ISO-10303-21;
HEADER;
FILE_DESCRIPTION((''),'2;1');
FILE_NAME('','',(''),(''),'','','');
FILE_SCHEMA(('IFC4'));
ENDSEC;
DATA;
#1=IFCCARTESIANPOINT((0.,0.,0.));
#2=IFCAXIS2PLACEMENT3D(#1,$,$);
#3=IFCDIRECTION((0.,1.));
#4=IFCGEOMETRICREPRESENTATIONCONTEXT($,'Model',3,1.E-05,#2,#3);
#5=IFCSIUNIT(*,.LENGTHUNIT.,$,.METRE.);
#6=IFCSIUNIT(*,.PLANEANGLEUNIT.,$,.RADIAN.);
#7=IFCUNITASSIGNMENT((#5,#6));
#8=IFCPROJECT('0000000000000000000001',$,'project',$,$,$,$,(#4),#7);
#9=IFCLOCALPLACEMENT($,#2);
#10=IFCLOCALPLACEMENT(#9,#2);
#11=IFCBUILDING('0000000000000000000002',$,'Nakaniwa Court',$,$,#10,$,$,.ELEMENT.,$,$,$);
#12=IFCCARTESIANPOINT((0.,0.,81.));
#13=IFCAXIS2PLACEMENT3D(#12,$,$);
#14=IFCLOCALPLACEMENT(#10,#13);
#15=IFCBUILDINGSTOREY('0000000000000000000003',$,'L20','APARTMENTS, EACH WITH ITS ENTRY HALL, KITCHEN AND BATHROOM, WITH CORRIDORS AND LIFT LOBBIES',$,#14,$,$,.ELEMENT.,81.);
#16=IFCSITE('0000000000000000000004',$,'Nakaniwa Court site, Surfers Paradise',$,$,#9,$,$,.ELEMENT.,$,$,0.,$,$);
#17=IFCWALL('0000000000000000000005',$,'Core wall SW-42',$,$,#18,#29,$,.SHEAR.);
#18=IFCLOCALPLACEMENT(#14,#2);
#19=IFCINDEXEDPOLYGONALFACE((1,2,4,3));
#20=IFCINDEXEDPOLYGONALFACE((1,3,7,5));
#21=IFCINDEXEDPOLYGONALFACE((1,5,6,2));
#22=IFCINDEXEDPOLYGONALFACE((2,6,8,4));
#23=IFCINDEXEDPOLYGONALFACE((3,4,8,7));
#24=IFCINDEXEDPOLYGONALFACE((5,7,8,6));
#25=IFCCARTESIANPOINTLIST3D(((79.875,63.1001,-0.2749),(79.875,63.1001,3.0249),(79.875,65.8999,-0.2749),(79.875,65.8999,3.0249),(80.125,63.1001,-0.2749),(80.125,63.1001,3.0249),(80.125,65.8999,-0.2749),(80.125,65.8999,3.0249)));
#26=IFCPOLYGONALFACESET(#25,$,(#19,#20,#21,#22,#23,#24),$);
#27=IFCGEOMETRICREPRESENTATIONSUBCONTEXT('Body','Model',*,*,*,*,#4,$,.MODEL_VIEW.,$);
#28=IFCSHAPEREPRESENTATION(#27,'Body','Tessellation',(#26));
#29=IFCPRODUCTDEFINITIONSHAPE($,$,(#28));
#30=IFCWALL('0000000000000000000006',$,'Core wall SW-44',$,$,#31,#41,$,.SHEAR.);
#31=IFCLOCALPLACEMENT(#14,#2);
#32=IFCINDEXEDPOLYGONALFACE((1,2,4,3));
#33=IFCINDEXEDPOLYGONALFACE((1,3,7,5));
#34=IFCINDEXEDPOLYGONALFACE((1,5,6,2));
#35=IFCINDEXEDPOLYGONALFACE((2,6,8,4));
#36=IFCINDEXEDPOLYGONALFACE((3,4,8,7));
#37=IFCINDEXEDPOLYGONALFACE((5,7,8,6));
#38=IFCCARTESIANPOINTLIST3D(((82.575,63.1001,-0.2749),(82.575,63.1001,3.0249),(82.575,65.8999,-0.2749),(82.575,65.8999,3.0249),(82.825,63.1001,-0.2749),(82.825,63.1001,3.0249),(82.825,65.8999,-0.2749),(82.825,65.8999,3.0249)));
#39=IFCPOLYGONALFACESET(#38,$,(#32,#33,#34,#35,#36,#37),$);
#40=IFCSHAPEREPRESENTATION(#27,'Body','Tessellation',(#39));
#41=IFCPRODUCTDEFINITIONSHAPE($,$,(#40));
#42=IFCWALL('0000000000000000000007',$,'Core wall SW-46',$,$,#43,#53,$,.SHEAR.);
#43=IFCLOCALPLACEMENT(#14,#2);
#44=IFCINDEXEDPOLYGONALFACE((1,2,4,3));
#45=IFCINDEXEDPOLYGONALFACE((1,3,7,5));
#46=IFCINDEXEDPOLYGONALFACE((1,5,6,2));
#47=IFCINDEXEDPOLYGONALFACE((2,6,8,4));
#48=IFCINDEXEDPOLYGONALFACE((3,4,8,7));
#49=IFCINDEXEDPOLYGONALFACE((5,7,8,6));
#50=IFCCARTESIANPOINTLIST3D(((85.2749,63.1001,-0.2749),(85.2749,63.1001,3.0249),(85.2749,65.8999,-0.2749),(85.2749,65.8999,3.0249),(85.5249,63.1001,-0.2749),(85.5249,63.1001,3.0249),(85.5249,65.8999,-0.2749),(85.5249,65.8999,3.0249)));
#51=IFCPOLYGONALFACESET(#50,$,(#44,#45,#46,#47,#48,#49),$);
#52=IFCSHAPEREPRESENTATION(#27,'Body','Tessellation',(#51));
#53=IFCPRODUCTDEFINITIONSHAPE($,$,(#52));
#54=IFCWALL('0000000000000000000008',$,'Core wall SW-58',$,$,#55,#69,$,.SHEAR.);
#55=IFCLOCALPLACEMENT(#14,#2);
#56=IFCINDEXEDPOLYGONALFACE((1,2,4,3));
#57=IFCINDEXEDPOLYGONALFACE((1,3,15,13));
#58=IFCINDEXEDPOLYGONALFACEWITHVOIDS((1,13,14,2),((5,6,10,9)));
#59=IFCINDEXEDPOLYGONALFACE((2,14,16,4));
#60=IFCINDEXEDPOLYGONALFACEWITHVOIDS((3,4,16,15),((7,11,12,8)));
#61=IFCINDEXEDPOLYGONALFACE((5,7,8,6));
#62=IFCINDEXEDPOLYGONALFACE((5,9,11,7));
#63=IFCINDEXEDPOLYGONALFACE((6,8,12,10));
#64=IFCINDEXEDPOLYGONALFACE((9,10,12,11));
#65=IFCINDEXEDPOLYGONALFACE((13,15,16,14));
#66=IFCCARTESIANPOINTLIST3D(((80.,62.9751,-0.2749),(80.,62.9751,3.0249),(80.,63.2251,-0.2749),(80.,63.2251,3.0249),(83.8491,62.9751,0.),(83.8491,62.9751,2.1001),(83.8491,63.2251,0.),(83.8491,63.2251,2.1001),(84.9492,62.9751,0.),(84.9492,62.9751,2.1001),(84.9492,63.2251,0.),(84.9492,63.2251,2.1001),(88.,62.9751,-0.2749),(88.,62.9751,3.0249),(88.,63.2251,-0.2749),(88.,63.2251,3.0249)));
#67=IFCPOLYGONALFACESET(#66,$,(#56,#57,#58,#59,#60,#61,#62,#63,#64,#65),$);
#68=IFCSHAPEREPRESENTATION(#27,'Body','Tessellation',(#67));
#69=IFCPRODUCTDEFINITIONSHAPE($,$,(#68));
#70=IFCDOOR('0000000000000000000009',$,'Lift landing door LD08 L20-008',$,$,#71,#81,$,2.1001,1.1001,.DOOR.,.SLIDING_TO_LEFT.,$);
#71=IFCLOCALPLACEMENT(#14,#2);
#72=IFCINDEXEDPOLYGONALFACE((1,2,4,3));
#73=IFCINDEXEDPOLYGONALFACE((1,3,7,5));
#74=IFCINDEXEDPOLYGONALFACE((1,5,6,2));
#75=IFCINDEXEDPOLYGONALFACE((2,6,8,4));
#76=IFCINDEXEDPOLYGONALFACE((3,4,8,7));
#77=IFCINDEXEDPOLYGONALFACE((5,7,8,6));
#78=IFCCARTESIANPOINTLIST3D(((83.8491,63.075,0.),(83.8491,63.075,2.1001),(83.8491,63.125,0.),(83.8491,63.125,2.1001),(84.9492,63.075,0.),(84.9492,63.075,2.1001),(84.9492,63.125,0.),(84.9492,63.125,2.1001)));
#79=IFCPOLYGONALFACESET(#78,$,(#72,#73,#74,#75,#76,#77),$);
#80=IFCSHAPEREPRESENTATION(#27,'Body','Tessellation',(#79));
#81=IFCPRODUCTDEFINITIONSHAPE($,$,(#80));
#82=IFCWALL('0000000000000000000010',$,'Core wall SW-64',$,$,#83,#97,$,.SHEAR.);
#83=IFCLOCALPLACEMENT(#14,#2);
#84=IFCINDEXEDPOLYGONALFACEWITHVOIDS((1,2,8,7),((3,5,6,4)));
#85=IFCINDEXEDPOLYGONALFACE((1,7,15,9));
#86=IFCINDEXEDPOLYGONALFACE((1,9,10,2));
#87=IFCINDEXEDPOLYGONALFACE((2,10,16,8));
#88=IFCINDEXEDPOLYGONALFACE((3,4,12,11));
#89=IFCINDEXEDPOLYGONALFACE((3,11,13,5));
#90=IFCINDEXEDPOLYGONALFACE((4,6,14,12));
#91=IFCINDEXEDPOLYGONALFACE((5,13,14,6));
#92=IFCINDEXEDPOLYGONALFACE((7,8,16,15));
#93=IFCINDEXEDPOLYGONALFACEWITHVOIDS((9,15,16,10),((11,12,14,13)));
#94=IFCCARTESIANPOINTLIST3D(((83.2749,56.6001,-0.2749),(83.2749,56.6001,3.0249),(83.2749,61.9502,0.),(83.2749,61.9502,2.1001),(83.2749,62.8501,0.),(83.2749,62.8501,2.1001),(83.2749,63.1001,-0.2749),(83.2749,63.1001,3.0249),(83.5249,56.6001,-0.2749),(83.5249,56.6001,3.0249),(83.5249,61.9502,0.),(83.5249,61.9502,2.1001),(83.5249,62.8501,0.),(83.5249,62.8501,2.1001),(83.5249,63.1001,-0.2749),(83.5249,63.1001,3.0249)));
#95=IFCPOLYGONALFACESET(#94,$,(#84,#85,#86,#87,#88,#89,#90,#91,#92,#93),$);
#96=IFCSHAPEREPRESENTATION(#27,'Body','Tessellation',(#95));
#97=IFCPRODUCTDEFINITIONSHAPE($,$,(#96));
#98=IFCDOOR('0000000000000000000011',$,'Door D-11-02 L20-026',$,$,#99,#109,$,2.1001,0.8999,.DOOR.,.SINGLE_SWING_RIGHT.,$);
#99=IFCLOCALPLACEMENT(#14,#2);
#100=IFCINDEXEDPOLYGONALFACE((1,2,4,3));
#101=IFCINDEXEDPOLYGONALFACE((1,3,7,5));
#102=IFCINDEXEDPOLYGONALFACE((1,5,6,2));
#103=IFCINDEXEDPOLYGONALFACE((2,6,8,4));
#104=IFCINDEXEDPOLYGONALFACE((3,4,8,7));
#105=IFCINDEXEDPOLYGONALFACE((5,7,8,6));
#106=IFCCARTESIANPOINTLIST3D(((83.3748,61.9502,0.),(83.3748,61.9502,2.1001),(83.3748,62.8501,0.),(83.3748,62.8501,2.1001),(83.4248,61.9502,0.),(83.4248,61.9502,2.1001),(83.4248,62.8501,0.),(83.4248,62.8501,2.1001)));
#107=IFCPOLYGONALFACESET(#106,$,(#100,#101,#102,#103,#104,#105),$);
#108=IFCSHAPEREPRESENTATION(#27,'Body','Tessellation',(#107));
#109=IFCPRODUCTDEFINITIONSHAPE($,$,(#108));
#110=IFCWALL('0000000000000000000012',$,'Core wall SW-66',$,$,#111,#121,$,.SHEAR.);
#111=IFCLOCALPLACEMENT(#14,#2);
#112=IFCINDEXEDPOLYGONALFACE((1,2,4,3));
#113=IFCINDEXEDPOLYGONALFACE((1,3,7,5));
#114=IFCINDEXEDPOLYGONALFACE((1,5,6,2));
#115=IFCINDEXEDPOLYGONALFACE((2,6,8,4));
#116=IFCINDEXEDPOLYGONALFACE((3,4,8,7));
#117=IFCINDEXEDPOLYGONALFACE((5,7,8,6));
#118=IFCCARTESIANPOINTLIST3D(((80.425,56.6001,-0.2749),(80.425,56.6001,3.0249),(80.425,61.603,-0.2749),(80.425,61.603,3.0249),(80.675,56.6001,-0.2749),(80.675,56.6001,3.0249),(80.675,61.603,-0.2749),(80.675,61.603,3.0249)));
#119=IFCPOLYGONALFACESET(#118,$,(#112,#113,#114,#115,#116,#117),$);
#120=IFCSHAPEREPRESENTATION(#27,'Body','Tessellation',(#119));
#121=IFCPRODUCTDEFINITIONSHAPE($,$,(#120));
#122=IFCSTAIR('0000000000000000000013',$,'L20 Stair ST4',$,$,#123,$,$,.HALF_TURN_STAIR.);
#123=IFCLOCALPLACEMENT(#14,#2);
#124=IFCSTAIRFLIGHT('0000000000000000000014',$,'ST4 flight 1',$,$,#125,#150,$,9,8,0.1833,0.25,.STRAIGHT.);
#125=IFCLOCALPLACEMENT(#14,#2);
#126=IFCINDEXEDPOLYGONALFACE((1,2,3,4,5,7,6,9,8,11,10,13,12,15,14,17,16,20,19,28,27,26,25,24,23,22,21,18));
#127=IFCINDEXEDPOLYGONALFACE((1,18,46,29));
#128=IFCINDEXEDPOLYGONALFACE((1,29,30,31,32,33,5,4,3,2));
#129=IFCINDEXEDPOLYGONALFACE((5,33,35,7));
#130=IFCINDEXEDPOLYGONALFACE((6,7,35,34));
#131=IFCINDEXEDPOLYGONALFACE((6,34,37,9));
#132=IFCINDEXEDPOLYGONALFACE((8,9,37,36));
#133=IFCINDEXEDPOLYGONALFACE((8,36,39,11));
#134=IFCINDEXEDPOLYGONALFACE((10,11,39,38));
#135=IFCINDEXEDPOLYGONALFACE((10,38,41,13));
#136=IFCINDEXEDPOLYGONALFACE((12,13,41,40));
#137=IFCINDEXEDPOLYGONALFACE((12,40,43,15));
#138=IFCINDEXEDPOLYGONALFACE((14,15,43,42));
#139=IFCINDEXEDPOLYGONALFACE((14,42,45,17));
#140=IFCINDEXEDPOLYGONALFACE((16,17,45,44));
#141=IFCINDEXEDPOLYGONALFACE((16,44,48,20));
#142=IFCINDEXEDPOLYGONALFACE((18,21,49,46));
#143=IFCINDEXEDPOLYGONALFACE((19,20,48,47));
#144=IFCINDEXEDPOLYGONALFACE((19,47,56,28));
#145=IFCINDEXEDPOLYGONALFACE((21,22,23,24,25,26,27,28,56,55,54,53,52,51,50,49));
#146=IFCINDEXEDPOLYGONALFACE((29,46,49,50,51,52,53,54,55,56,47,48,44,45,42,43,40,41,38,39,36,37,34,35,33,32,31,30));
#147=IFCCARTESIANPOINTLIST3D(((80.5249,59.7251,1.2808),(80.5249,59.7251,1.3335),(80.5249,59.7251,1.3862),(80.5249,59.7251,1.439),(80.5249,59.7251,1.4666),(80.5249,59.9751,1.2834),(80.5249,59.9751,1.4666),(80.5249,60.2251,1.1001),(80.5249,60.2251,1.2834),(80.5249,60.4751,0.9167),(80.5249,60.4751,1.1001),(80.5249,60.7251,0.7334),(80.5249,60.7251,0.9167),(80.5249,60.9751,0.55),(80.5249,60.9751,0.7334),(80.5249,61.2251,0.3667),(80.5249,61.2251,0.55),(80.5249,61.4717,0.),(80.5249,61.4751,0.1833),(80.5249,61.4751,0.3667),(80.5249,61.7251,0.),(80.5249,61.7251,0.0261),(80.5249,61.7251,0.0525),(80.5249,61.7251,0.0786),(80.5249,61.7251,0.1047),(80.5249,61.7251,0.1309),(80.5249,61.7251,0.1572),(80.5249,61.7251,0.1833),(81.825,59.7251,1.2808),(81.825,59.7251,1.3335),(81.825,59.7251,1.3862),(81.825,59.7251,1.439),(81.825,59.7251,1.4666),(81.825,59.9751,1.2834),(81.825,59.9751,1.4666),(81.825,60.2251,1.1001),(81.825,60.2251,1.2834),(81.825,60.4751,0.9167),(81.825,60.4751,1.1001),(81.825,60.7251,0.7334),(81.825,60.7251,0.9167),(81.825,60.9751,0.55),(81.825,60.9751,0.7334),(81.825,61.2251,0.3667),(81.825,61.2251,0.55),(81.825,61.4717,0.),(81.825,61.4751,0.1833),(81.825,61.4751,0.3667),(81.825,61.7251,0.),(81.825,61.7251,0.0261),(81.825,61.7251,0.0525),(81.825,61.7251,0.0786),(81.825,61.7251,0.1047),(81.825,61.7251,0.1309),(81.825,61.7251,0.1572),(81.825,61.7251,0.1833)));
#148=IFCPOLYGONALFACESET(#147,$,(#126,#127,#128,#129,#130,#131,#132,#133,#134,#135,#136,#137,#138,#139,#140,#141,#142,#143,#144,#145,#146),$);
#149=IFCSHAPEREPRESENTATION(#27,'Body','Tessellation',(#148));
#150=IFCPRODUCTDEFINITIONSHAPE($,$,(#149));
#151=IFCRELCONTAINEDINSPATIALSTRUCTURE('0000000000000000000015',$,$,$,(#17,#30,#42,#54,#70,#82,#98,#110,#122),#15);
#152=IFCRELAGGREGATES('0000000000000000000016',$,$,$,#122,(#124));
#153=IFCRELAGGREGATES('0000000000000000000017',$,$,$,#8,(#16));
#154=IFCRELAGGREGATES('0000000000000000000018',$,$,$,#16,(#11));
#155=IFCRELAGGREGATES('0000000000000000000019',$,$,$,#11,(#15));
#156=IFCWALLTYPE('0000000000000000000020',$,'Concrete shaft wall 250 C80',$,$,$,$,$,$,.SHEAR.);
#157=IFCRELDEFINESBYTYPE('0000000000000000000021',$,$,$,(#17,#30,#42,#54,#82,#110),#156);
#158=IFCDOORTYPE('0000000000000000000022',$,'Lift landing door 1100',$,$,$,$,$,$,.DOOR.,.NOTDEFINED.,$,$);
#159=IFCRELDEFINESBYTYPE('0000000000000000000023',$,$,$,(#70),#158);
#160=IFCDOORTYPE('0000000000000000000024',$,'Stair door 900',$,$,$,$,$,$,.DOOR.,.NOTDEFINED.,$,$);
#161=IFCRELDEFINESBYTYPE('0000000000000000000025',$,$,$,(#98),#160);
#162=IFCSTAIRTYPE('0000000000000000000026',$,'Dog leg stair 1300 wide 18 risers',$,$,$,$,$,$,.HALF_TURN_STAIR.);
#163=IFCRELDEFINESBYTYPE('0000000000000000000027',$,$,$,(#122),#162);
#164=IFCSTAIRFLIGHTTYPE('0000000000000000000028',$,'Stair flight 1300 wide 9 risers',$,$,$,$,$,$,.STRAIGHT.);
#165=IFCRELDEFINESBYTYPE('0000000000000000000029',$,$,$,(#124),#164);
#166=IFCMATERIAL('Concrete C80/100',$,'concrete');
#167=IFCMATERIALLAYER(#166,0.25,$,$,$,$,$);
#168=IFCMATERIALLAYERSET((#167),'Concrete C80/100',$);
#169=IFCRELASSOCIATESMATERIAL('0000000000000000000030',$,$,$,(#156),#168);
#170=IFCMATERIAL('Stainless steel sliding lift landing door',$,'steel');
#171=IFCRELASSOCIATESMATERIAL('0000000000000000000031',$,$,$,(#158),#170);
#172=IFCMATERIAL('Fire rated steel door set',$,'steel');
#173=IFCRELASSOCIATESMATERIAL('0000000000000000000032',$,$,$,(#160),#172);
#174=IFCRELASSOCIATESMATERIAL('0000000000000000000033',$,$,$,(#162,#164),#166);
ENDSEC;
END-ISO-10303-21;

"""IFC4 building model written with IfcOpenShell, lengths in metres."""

from ifc_helpers import new_model, si_unit, direction, frame, frame_2d, origin, place, context, subcontext, project, spatial, polyline, rectangle, outline, extrude, material, layer, layer_set, type_object, element, fill, aggregate, save


model = new_model("IFC4")

# Units and contexts
model_context = context("Model", 3, precision=1e-05, world=origin(), true_north=direction((0.0, 1.0)))
body_context = subcontext(model_context, "Body", "Model", "MODEL_VIEW")
ifc_project = project(units=[si_unit("LENGTHUNIT", "METRE"), si_unit("PLANEANGLEUNIT", "RADIAN")], contexts=[model_context])

# Site, building, storey
site_placement = place(None, origin())
site = spatial("IfcSite", under=ifc_project, at=site_placement, Name="Nakaniwa Court site, Surfers Paradise", CompositionType="ELEMENT", RefElevation=0.0)
building_placement = place(site_placement, origin())
building = spatial("IfcBuilding", under=site, at=building_placement, Name="Nakaniwa Court", CompositionType="ELEMENT")
storey_placement = place(building_placement, frame((0.0, 0.0, 81.0)))
storey = spatial("IfcBuildingStorey", under=building, at=storey_placement, Name="L20", Description="APARTMENTS, EACH WITH ITS ENTRY HALL, KITCHEN AND BATHROOM, WITH CORRIDORS AND LIFT LOBBIES", CompositionType="ELEMENT", Elevation=81.0)

# Shared definitions
ifc_material_1 = material(Name="Concrete C80/100", Category="concrete")

# Shared definitions
ifc_material_2 = material(Name="Fire rated steel door set", Category="steel")

# Walls
ifc_layer_1 = layer(ifc_material_1, 0.25)
ifc_layer_set_1 = layer_set([ifc_layer_1], Name="Concrete C80/100")
wall_type_1 = type_object("IfcWallType", Name="Concrete shaft wall 250 C80", PredefinedType="SHEAR", material=ifc_layer_set_1)
for number, where, z_axis, x_axis, name in (
    (1, (80.0, 63.1001, -0.2749), (0.0, 0.0, 1.0), (0.0, 1.0, 0.0), "Core wall SW-42"),
    (2, (82.7, 63.1001, -0.2749), (0.0, 0.0, 1.0), (0.0, 1.0, 0.0), "Core wall SW-44"),
    (3, (85.3999, 63.1001, -0.2749), (0.0, 0.0, 1.0), (0.0, 1.0, 0.0), "Core wall SW-46"),
):
    element("IfcWall", number, at=place(storey_placement, frame(where, z_axis=z_axis, x_axis=x_axis)), inside=storey, type_object=wall_type_1, Name=name, PredefinedType="SHEAR", context=body_context, shape_type="SweptSolid", body=[
        extrude(rectangle(XDim=2.7998, YDim=0.25, at=frame_2d((1.3999, 0.0))), origin(), (0.0, 0.0, 1.0), 3.2998),
    ])

# Walls, openings, doors
wall_1_placement = place(storey_placement, frame((80.0, 63.1001, -0.2749), z_axis=(0.0, 0.0, 1.0), x_axis=(1.0, 0.0, 0.0)))
wall_1 = element("IfcWall", 4, at=wall_1_placement, inside=storey, type_object=wall_type_1, Name="Core wall SW-58", PredefinedType="SHEAR", context=body_context, shape_type="SweptSolid", body=[
    extrude(rectangle(XDim=8.0, YDim=0.25, at=frame_2d((4.0, 0.0))), origin(), (0.0, 0.0, 1.0), 3.2998),
])
opening_1_placement = place(wall_1_placement, frame((3.8491, 0.0, 0.2749)))
opening_1 = element("IfcOpeningElement", 5, at=opening_1_placement, cuts=wall_1, PredefinedType="OPENING", context=body_context, shape_type="SweptSolid", body=[
    extrude(rectangle(XDim=1.1001, YDim=2.1001, at=frame_2d((0.55, 1.05))), frame((0.0, 0.135, 0.0), z_axis=(0.0, -1.0, 0.0), x_axis=(1.0, 0.0, 0.0)), (0.0, 0.0, 1.0), 0.27),
])
ifc_material_3 = material(Name="Stainless steel sliding lift landing door", Category="steel")
door_type_1 = type_object("IfcDoorType", Name="Lift landing door 1100", OperationType="NOTDEFINED", PredefinedType="DOOR", material=ifc_material_3)
door_1_placement = place(opening_1_placement, origin())
door_1 = element("IfcDoor", 6, at=door_1_placement, inside=storey, type_object=door_type_1, Name="Lift landing door LD08 L20-008", OperationType="SLIDING_TO_LEFT", OverallHeight=2.1001, OverallWidth=1.1001, PredefinedType="DOOR", context=body_context, shape_type="SweptSolid", body=[
    extrude(rectangle(XDim=1.1001, YDim=2.1001, at=frame_2d((0.55, 1.05))), frame((0.0, 0.0249, 0.0), z_axis=(0.0, -1.0, 0.0), x_axis=(1.0, 0.0, 0.0)), (0.0, 0.0, 1.0), 0.05),
])
fill(opening_1, door_1)
wall_2_placement = place(storey_placement, frame((83.3999, 63.1001, -0.2749), z_axis=(0.0, 0.0, 1.0), x_axis=(0.0, -1.0, 0.0)))
wall_2 = element("IfcWall", 7, at=wall_2_placement, inside=storey, type_object=wall_type_1, Name="Core wall SW-64", PredefinedType="SHEAR", context=body_context, shape_type="SweptSolid", body=[
    extrude(rectangle(XDim=6.5, YDim=0.25, at=frame_2d((3.25, 0.0))), origin(), (0.0, 0.0, 1.0), 3.2998),
])
opening_2_placement = place(wall_2_placement, frame((0.25, 0.0, 0.2749)))
opening_2 = element("IfcOpeningElement", 8, at=opening_2_placement, cuts=wall_2, PredefinedType="OPENING", context=body_context, shape_type="SweptSolid", body=[
    extrude(rectangle(XDim=0.8999, YDim=2.1001, at=frame_2d((0.45, 1.05))), frame((0.0, 0.135, 0.0), z_axis=(0.0, -1.0, 0.0), x_axis=(1.0, 0.0, 0.0)), (0.0, 0.0, 1.0), 0.27),
])
door_type_2 = type_object("IfcDoorType", Name="Stair door 900", OperationType="NOTDEFINED", PredefinedType="DOOR", material=ifc_material_2)
door_2_placement = place(opening_2_placement, origin())
door_2 = element("IfcDoor", 9, at=door_2_placement, inside=storey, type_object=door_type_2, Name="Door D-11-02 L20-026", OperationType="SINGLE_SWING_RIGHT", OverallHeight=2.1001, OverallWidth=0.8999, PredefinedType="DOOR", context=body_context, shape_type="SweptSolid", body=[
    extrude(rectangle(XDim=0.8999, YDim=2.1001, at=frame_2d((0.45, 1.05))), frame((0.0, 0.0249, 0.0), z_axis=(0.0, -1.0, 0.0), x_axis=(1.0, 0.0, 0.0)), (0.0, 0.0, 1.0), 0.05),
])
fill(opening_2, door_2)

# Wall
wall_3_placement = place(storey_placement, frame((80.55, 56.6001, -0.2749), z_axis=(0.0, 0.0, 1.0), x_axis=(0.0, 1.0, 0.0)))
element("IfcWall", 10, at=wall_3_placement, inside=storey, type_object=wall_type_1, Name="Core wall SW-66", PredefinedType="SHEAR", context=body_context, shape_type="SweptSolid", body=[
    extrude(rectangle(XDim=5.0029, YDim=0.25, at=frame_2d((2.5015, 0.0))), origin(), (0.0, 0.0, 1.0), 3.2998),
])

# Stair, stair flight
stair_type = type_object("IfcStairType", Name="Dog leg stair 1300 wide 18 risers", PredefinedType="HALF_TURN_STAIR", material=ifc_material_1)
stair_placement = place(storey_placement, origin())
stair = element("IfcStair", 11, at=stair_placement, inside=storey, type_object=stair_type, Name="L20 Stair ST4", PredefinedType="HALF_TURN_STAIR")
stair_flight_type = type_object("IfcStairFlightType", Name="Stair flight 1300 wide 9 risers", PredefinedType="STRAIGHT", material=ifc_material_1)
stair_flight_1_placement = place(storey_placement, frame((81.175, 61.7251, 0.0), z_axis=(0.0, 0.0, 1.0), x_axis=(0.0, -1.0, 0.0)))
stair_flight_1 = element("IfcStairFlight", 12, at=stair_flight_1_placement, type_object=stair_flight_type, Name="ST4 flight 1", NumberOfRisers=9, NumberOfTreads=8, PredefinedType="STRAIGHT", RiserHeight=0.1833, TreadLength=0.25, context=body_context, shape_type="SweptSolid", body=[
    extrude(outline(polyline([(0.0, 0.0), (0.0, 0.0261), (0.0, 0.0525), (0.0, 0.0786), (0.0, 0.1047), (0.0, 0.1309), (0.0, 0.1572), (0.0, 0.1833), (0.25, 0.1833), (0.25, 0.3667), (0.5, 0.3667), (0.5, 0.55), (0.75, 0.55), (0.75, 0.7334), (1.0, 0.7334), (1.0, 0.9167), (1.25, 0.9167), (1.25, 1.1001), (1.5, 1.1001), (1.5, 1.2834), (1.75, 1.2834), (1.75, 1.4666), (2.0, 1.4666), (2.0, 1.6499), (2.0, 1.5972), (2.0, 1.5444), (2.0, 1.4917), (2.0, 1.439), (2.0, 1.3862), (2.0, 1.3335), (2.0, 1.2808), (0.2534, 0.0), (0.0, 0.0)])), frame((0.0, 0.6499, 0.0), z_axis=(0.0, -1.0, 0.0), x_axis=(1.0, 0.0, 0.0)), (0.0, 0.0, 1.0), 1.3),
])
aggregate(stair, [stair_flight_1])

save(model, "model.ifc")
